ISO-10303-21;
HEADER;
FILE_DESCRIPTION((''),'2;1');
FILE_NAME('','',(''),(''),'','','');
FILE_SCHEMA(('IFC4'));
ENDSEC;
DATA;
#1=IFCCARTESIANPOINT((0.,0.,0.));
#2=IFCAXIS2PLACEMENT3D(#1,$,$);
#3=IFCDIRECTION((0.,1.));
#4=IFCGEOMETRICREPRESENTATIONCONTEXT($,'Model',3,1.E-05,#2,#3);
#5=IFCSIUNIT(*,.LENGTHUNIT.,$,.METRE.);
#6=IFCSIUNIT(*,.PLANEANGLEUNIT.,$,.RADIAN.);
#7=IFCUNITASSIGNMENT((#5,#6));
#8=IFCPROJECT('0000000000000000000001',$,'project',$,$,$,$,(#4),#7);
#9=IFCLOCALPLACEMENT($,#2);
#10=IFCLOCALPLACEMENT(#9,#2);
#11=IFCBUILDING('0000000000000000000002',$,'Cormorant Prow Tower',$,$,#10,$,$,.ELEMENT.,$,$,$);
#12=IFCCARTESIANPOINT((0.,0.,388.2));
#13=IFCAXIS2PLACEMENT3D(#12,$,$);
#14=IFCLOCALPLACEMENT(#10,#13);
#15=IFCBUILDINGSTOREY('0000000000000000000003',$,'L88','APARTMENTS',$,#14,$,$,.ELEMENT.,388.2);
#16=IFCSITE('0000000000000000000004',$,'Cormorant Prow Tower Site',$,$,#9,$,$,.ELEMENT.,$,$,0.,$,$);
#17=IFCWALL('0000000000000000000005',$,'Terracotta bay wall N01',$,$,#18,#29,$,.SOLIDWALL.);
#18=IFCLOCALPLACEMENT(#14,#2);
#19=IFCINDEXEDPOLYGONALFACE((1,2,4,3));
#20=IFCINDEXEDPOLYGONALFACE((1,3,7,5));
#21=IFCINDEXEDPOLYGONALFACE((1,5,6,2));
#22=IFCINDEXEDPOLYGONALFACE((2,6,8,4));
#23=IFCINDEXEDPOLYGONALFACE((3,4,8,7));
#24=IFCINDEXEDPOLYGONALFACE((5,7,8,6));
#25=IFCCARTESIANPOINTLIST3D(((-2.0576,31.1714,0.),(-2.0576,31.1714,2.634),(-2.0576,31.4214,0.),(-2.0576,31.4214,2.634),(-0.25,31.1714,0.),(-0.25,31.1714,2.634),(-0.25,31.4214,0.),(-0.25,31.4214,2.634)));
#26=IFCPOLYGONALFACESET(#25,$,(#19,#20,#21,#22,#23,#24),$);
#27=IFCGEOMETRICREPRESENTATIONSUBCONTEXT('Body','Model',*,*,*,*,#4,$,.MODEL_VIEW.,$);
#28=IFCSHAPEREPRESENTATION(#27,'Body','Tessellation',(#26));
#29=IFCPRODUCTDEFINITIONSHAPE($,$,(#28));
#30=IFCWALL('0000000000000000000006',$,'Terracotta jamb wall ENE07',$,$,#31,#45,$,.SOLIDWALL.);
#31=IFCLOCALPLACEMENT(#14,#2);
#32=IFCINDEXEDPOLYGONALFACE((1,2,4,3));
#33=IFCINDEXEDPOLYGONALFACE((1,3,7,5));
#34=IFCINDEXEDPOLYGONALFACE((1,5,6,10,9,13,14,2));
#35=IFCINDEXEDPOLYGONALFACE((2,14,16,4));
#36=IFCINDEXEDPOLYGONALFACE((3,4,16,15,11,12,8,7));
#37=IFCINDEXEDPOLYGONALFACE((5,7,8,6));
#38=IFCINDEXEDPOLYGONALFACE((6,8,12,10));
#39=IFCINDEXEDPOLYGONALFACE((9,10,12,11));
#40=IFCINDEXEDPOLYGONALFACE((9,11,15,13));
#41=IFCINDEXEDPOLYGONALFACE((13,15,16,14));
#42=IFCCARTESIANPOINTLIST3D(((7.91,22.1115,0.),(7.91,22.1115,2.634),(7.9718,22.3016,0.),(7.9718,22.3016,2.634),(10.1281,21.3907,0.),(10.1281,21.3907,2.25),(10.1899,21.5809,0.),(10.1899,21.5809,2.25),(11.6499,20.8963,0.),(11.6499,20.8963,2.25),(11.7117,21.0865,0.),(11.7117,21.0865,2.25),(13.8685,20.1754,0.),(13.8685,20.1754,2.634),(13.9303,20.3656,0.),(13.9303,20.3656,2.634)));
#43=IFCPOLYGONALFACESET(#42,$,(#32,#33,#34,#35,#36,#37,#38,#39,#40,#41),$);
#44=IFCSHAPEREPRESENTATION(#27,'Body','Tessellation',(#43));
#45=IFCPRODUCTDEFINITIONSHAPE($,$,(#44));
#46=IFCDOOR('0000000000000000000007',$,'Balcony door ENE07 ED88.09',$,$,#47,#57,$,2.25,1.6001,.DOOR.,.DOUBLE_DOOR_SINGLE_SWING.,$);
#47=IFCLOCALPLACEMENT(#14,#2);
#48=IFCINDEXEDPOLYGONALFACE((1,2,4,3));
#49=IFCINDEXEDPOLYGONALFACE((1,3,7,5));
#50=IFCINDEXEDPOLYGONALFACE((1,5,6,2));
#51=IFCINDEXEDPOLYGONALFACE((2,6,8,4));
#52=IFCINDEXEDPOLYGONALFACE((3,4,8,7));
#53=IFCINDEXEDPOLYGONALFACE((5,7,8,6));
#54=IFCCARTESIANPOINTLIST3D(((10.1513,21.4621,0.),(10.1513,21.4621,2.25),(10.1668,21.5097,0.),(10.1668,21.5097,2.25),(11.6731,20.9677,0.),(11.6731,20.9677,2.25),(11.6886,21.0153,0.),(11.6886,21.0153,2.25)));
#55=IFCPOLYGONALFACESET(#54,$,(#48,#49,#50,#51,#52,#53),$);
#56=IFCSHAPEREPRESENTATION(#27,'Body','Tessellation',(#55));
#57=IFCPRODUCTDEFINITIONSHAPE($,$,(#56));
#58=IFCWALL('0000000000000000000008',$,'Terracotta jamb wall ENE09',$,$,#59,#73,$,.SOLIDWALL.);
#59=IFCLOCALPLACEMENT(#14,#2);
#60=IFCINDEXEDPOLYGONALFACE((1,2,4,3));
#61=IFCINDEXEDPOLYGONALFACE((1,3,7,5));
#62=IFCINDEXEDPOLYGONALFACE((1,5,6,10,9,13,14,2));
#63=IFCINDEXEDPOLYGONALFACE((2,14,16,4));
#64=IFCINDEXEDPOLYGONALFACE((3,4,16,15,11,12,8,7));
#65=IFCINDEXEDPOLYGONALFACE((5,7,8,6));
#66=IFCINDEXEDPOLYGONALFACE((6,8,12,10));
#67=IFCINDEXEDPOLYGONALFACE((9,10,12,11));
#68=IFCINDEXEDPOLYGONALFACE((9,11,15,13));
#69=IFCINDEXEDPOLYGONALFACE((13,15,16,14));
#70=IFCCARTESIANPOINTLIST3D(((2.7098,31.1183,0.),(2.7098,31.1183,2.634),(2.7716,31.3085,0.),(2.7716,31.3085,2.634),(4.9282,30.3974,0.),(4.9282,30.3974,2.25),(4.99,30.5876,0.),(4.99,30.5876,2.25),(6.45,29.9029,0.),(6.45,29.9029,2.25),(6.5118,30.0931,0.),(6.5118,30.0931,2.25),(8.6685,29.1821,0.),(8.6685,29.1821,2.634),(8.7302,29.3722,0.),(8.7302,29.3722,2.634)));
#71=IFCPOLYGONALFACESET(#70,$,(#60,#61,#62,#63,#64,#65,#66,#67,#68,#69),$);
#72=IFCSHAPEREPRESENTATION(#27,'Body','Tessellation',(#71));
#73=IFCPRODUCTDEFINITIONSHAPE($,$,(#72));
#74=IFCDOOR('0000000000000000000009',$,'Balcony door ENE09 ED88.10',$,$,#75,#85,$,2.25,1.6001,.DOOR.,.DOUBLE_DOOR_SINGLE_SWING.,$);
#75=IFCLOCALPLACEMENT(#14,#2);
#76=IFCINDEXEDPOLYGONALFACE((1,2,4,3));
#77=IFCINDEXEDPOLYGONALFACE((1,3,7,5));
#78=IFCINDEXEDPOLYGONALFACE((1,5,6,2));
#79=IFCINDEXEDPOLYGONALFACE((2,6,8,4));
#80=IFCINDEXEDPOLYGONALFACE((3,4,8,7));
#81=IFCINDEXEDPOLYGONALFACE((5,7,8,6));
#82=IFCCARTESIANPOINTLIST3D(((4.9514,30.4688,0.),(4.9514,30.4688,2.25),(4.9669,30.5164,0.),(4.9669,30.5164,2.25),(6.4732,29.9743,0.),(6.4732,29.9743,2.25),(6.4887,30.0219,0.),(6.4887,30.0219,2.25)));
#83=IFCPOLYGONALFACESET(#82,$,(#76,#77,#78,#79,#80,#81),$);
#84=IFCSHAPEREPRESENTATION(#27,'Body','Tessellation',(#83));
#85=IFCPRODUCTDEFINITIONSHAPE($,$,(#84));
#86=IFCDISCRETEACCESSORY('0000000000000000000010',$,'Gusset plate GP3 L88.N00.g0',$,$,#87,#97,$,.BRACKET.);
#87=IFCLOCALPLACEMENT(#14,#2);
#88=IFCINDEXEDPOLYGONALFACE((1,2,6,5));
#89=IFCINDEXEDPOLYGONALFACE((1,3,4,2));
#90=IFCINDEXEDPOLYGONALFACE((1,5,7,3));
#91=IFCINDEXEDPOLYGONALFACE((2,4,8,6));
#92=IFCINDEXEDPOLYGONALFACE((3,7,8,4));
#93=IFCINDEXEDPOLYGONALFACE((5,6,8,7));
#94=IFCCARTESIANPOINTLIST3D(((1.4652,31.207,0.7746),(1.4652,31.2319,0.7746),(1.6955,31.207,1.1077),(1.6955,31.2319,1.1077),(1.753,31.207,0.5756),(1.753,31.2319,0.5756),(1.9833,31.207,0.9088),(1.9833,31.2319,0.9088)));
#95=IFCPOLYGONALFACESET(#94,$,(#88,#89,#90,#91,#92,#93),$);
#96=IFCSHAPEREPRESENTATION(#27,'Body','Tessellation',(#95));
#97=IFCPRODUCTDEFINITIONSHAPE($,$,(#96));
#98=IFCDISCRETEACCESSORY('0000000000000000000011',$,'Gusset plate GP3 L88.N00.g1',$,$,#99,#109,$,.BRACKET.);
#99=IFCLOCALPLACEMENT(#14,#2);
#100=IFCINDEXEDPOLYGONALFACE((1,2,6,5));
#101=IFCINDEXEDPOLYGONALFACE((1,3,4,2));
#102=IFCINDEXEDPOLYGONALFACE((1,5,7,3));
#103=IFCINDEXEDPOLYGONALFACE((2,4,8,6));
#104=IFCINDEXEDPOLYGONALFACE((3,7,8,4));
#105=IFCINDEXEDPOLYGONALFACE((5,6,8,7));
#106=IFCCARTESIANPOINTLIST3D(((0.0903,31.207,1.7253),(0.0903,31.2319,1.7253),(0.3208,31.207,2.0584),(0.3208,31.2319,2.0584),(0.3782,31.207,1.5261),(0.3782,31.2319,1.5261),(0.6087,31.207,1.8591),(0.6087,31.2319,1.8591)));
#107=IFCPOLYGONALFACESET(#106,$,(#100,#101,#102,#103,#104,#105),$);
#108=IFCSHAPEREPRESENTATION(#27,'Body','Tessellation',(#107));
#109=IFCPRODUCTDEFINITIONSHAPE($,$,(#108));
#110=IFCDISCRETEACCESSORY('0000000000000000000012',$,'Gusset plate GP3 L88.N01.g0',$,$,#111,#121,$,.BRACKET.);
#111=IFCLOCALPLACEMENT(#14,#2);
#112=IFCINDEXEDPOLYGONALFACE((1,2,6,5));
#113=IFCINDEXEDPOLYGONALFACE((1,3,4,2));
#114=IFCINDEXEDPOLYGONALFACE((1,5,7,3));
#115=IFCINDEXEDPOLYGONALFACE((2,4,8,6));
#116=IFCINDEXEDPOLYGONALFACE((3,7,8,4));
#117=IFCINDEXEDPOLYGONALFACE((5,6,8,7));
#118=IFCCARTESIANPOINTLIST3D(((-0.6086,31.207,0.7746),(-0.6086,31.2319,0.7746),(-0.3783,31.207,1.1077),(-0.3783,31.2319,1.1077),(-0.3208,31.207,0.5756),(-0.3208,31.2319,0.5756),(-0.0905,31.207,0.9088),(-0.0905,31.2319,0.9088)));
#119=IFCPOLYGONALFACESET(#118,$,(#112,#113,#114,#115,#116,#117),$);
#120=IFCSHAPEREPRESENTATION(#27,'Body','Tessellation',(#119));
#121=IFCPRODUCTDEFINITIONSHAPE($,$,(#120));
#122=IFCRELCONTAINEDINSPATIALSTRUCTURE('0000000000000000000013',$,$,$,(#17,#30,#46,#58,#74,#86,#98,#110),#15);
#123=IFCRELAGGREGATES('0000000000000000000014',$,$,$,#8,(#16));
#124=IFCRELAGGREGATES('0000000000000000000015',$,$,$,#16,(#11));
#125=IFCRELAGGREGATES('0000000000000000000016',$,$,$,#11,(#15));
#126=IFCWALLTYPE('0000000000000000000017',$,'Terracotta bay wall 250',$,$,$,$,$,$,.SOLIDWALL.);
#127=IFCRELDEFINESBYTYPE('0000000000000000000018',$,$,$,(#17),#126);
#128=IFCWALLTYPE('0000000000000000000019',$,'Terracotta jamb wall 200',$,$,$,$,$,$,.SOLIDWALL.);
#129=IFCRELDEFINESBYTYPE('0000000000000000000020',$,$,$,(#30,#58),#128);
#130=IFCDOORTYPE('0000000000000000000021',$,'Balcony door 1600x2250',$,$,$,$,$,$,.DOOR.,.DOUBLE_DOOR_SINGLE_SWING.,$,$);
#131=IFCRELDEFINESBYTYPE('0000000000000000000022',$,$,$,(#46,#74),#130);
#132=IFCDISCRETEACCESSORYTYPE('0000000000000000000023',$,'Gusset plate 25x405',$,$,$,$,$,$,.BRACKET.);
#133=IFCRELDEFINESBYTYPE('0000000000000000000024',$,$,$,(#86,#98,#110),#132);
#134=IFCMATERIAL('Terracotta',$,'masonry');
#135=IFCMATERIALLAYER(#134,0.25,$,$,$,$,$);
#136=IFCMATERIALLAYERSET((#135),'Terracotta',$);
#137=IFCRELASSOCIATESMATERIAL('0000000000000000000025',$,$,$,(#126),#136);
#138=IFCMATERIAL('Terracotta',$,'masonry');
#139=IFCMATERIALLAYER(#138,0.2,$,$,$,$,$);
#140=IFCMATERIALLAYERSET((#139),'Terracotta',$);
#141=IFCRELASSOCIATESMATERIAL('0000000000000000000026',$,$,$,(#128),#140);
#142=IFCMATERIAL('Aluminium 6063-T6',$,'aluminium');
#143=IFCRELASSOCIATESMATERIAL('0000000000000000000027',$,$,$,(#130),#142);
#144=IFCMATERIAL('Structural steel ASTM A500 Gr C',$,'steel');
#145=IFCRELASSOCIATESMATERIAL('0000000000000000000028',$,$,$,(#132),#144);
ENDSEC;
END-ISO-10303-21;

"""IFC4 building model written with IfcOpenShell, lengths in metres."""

from ifc_helpers import new_model, si_unit, direction, frame, frame_2d, origin, origin_2d, place, context, subcontext, project, spatial, rectangle, extrude, material, layer, layer_set, material_profile, profile_set, type_object, element, fill, save


model = new_model("IFC4")

# Units and contexts
model_context = context("Model", 3, precision=1e-05, world=origin(), true_north=direction((0.0, 1.0)))
body_context = subcontext(model_context, "Body", "Model", "MODEL_VIEW")
ifc_project = project(units=[si_unit("LENGTHUNIT", "METRE"), si_unit("PLANEANGLEUNIT", "RADIAN")], contexts=[model_context])

# Site, building, storey
site_placement = place(None, origin())
site = spatial("IfcSite", under=ifc_project, at=site_placement, Name="Cormorant Prow Tower Site", CompositionType="ELEMENT", RefElevation=0.0)
building_placement = place(site_placement, origin())
building = spatial("IfcBuilding", under=site, at=building_placement, Name="Cormorant Prow Tower", CompositionType="ELEMENT")
storey_placement = place(building_placement, frame((0.0, 0.0, 388.2)))
storey = spatial("IfcBuildingStorey", under=building, at=storey_placement, Name="L88", Description="APARTMENTS", CompositionType="ELEMENT", Elevation=388.2)

# Shared definitions
ifc_material_1 = material(Name="Terracotta", Category="masonry")
ifc_layer_1 = layer(ifc_material_1, 0.25)
ifc_layer_set_1 = layer_set([ifc_layer_1], Name="Terracotta")
wall_type_1 = type_object("IfcWallType", Name="Terracotta bay wall 250", PredefinedType="SOLIDWALL", material=ifc_layer_set_1)

# Wall
wall_1_placement = place(storey_placement, frame((-0.25, 31.2964, 0.0), z_axis=(0.0, 0.0, 1.0), x_axis=(-1.0, 0.0, 0.0)))
element("IfcWall", 1, at=wall_1_placement, inside=storey, type_object=wall_type_1, Name="Terracotta bay wall N01", PredefinedType="SOLIDWALL", context=body_context, shape_type="SweptSolid", body=[
    extrude(rectangle(XDim=1.8076, YDim=0.25, at=frame_2d((0.9038, 0.0))), origin(), (0.0, 0.0, 1.0), 2.634),
])

# Walls, openings, doors
ifc_material_2 = material(Name="Terracotta", Category="masonry")
ifc_layer_2 = layer(ifc_material_2, 0.2)
ifc_layer_set_2 = layer_set([ifc_layer_2], Name="Terracotta")
wall_type_2 = type_object("IfcWallType", Name="Terracotta jamb wall 200", PredefinedType="SOLIDWALL", material=ifc_layer_set_2)
wall_2_placement = place(storey_placement, frame((13.8994, 20.2705, 0.0), z_axis=(0.0, 0.0, 1.0), x_axis=(-0.951056, 0.309017, 0.0)))
wall_2 = element("IfcWall", 2, at=wall_2_placement, inside=storey, type_object=wall_type_2, Name="Terracotta jamb wall ENE07", PredefinedType="SOLIDWALL", context=body_context, shape_type="SweptSolid", body=[
    extrude(rectangle(XDim=6.2651, YDim=0.2, at=frame_2d((3.1326, 0.0))), origin(), (0.0, 0.0, 1.0), 2.634),
])
opening_1_placement = place(wall_2_placement, frame((2.3328, 0.0, 0.0)))
opening_1 = element("IfcOpeningElement", 3, at=opening_1_placement, cuts=wall_2, PredefinedType="OPENING", context=body_context, shape_type="SweptSolid", body=[
    extrude(rectangle(XDim=1.6001, YDim=2.25, at=frame_2d((0.8, 1.125))), frame((0.0, 0.1099, 0.0), z_axis=(0.0, -1.0, 0.0), x_axis=(1.0, 0.0, 0.0)), (0.0, 0.0, 1.0), 0.22),
])
ifc_material_3 = material(Name="Aluminium 6063-T6", Category="aluminium")
door_type_1 = type_object("IfcDoorType", Name="Balcony door 1600x2250", OperationType="DOUBLE_DOOR_SINGLE_SWING", PredefinedType="DOOR", material=ifc_material_3)
door_1_placement = place(opening_1_placement, origin())
door_1 = element("IfcDoor", 4, at=door_1_placement, inside=storey, type_object=door_type_1, Name="Balcony door ENE07 ED88.09", OperationType="DOUBLE_DOOR_SINGLE_SWING", OverallHeight=2.25, OverallWidth=1.6001, PredefinedType="DOOR", context=body_context, shape_type="SweptSolid", body=[
    extrude(rectangle(XDim=1.6001, YDim=2.25, at=frame_2d((0.8, 1.125))), frame((0.0, 0.0249, 0.0), z_axis=(0.0, -1.0, 0.0), x_axis=(1.0, 0.0, 0.0)), (0.0, 0.0, 1.0), 0.05),
])
fill(opening_1, door_1)
wall_3_placement = place(storey_placement, frame((8.6995, 29.2771, 0.0), z_axis=(0.0, 0.0, 1.0), x_axis=(-0.951049, 0.309041, 0.0)))
wall_3 = element("IfcWall", 5, at=wall_3_placement, inside=storey, type_object=wall_type_2, Name="Terracotta jamb wall ENE09", PredefinedType="SOLIDWALL", context=body_context, shape_type="SweptSolid", body=[
    extrude(rectangle(XDim=6.2654, YDim=0.2, at=frame_2d((3.1328, 0.0))), origin(), (0.0, 0.0, 1.0), 2.634),
])
opening_2_placement = place(wall_3_placement, frame((2.3328, 0.0, 0.0)))
opening_2 = element("IfcOpeningElement", 6, at=opening_2_placement, cuts=wall_3, PredefinedType="OPENING", context=body_context, shape_type="SweptSolid", body=[
    extrude(rectangle(XDim=1.6001, YDim=2.25, at=frame_2d((0.8, 1.125))), frame((0.0, 0.1099, 0.0), z_axis=(0.0, -1.0, 0.0), x_axis=(1.0, 0.0, 0.0)), (0.0, 0.0, 1.0), 0.22),
])
door_2_placement = place(opening_2_placement, origin())
door_2 = element("IfcDoor", 7, at=door_2_placement, inside=storey, type_object=door_type_1, Name="Balcony door ENE09 ED88.10", OperationType="DOUBLE_DOOR_SINGLE_SWING", OverallHeight=2.25, OverallWidth=1.6001, PredefinedType="DOOR", context=body_context, shape_type="SweptSolid", body=[
    extrude(rectangle(XDim=1.6001, YDim=2.25, at=frame_2d((0.8, 1.125))), frame((0.0, 0.0249, 0.0), z_axis=(0.0, -1.0, 0.0), x_axis=(1.0, 0.0, 0.0)), (0.0, 0.0, 1.0), 0.05),
])
fill(opening_2, door_2)

# Discrete accessories
ifc_material_4 = material(Name="Structural steel ASTM A500 Gr C", Category="steel")
ifc_material_profile_1 = material_profile(ifc_material_4, rectangle(XDim=0.0249, YDim=0.405, at=origin_2d()), Name="Gusset plate 25x405")
ifc_profile_set_1 = profile_set([ifc_material_profile_1], Name="Structural steel ASTM A500 Gr C")
discrete_accessory_type = type_object("IfcDiscreteAccessoryType", Name="Gusset plate 25x405", PredefinedType="BRACKET", material=ifc_profile_set_1)
discrete_accessory_1_placement = place(storey_placement, frame((1.5803, 31.2195, 0.9412), z_axis=(0.822594, 0.0, -0.568629), x_axis=(0.0, 1.0, 0.0)))
element("IfcDiscreteAccessory", 8, at=discrete_accessory_1_placement, inside=storey, type_object=discrete_accessory_type, Name="Gusset plate GP3 L88.N00.g0", PredefinedType="BRACKET", context=body_context, shape_type="SweptSolid", body=[
    extrude(rectangle(XDim=0.0249, YDim=0.405, at=origin_2d()), origin(), (0.0, 0.0, 1.0), 0.3499),
])
discrete_accessory_2_placement = place(storey_placement, frame((0.4934, 31.2195, 1.6926), z_axis=(-0.822268, 0.0, 0.569101), x_axis=(0.0, -1.0, 0.0)))
element("IfcDiscreteAccessory", 9, at=discrete_accessory_2_placement, inside=storey, type_object=discrete_accessory_type, Name="Gusset plate GP3 L88.N00.g1", PredefinedType="BRACKET", context=body_context, shape_type="SweptSolid", body=[
    extrude(rectangle(XDim=0.0249, YDim=0.405, at=origin_2d()), origin(), (0.0, 0.0, 1.0), 0.3501),
])
discrete_accessory_3_placement = place(storey_placement, frame((-0.4934, 31.2195, 0.9412), z_axis=(0.822594, 0.0, -0.568629), x_axis=(0.0, 1.0, 0.0)))
element("IfcDiscreteAccessory", 10, at=discrete_accessory_3_placement, inside=storey, type_object=discrete_accessory_type, Name="Gusset plate GP3 L88.N01.g0", PredefinedType="BRACKET", context=body_context, shape_type="SweptSolid", body=[
    extrude(rectangle(XDim=0.0249, YDim=0.405, at=origin_2d()), origin(), (0.0, 0.0, 1.0), 0.3499),
])

save(model, "model.ifc")
